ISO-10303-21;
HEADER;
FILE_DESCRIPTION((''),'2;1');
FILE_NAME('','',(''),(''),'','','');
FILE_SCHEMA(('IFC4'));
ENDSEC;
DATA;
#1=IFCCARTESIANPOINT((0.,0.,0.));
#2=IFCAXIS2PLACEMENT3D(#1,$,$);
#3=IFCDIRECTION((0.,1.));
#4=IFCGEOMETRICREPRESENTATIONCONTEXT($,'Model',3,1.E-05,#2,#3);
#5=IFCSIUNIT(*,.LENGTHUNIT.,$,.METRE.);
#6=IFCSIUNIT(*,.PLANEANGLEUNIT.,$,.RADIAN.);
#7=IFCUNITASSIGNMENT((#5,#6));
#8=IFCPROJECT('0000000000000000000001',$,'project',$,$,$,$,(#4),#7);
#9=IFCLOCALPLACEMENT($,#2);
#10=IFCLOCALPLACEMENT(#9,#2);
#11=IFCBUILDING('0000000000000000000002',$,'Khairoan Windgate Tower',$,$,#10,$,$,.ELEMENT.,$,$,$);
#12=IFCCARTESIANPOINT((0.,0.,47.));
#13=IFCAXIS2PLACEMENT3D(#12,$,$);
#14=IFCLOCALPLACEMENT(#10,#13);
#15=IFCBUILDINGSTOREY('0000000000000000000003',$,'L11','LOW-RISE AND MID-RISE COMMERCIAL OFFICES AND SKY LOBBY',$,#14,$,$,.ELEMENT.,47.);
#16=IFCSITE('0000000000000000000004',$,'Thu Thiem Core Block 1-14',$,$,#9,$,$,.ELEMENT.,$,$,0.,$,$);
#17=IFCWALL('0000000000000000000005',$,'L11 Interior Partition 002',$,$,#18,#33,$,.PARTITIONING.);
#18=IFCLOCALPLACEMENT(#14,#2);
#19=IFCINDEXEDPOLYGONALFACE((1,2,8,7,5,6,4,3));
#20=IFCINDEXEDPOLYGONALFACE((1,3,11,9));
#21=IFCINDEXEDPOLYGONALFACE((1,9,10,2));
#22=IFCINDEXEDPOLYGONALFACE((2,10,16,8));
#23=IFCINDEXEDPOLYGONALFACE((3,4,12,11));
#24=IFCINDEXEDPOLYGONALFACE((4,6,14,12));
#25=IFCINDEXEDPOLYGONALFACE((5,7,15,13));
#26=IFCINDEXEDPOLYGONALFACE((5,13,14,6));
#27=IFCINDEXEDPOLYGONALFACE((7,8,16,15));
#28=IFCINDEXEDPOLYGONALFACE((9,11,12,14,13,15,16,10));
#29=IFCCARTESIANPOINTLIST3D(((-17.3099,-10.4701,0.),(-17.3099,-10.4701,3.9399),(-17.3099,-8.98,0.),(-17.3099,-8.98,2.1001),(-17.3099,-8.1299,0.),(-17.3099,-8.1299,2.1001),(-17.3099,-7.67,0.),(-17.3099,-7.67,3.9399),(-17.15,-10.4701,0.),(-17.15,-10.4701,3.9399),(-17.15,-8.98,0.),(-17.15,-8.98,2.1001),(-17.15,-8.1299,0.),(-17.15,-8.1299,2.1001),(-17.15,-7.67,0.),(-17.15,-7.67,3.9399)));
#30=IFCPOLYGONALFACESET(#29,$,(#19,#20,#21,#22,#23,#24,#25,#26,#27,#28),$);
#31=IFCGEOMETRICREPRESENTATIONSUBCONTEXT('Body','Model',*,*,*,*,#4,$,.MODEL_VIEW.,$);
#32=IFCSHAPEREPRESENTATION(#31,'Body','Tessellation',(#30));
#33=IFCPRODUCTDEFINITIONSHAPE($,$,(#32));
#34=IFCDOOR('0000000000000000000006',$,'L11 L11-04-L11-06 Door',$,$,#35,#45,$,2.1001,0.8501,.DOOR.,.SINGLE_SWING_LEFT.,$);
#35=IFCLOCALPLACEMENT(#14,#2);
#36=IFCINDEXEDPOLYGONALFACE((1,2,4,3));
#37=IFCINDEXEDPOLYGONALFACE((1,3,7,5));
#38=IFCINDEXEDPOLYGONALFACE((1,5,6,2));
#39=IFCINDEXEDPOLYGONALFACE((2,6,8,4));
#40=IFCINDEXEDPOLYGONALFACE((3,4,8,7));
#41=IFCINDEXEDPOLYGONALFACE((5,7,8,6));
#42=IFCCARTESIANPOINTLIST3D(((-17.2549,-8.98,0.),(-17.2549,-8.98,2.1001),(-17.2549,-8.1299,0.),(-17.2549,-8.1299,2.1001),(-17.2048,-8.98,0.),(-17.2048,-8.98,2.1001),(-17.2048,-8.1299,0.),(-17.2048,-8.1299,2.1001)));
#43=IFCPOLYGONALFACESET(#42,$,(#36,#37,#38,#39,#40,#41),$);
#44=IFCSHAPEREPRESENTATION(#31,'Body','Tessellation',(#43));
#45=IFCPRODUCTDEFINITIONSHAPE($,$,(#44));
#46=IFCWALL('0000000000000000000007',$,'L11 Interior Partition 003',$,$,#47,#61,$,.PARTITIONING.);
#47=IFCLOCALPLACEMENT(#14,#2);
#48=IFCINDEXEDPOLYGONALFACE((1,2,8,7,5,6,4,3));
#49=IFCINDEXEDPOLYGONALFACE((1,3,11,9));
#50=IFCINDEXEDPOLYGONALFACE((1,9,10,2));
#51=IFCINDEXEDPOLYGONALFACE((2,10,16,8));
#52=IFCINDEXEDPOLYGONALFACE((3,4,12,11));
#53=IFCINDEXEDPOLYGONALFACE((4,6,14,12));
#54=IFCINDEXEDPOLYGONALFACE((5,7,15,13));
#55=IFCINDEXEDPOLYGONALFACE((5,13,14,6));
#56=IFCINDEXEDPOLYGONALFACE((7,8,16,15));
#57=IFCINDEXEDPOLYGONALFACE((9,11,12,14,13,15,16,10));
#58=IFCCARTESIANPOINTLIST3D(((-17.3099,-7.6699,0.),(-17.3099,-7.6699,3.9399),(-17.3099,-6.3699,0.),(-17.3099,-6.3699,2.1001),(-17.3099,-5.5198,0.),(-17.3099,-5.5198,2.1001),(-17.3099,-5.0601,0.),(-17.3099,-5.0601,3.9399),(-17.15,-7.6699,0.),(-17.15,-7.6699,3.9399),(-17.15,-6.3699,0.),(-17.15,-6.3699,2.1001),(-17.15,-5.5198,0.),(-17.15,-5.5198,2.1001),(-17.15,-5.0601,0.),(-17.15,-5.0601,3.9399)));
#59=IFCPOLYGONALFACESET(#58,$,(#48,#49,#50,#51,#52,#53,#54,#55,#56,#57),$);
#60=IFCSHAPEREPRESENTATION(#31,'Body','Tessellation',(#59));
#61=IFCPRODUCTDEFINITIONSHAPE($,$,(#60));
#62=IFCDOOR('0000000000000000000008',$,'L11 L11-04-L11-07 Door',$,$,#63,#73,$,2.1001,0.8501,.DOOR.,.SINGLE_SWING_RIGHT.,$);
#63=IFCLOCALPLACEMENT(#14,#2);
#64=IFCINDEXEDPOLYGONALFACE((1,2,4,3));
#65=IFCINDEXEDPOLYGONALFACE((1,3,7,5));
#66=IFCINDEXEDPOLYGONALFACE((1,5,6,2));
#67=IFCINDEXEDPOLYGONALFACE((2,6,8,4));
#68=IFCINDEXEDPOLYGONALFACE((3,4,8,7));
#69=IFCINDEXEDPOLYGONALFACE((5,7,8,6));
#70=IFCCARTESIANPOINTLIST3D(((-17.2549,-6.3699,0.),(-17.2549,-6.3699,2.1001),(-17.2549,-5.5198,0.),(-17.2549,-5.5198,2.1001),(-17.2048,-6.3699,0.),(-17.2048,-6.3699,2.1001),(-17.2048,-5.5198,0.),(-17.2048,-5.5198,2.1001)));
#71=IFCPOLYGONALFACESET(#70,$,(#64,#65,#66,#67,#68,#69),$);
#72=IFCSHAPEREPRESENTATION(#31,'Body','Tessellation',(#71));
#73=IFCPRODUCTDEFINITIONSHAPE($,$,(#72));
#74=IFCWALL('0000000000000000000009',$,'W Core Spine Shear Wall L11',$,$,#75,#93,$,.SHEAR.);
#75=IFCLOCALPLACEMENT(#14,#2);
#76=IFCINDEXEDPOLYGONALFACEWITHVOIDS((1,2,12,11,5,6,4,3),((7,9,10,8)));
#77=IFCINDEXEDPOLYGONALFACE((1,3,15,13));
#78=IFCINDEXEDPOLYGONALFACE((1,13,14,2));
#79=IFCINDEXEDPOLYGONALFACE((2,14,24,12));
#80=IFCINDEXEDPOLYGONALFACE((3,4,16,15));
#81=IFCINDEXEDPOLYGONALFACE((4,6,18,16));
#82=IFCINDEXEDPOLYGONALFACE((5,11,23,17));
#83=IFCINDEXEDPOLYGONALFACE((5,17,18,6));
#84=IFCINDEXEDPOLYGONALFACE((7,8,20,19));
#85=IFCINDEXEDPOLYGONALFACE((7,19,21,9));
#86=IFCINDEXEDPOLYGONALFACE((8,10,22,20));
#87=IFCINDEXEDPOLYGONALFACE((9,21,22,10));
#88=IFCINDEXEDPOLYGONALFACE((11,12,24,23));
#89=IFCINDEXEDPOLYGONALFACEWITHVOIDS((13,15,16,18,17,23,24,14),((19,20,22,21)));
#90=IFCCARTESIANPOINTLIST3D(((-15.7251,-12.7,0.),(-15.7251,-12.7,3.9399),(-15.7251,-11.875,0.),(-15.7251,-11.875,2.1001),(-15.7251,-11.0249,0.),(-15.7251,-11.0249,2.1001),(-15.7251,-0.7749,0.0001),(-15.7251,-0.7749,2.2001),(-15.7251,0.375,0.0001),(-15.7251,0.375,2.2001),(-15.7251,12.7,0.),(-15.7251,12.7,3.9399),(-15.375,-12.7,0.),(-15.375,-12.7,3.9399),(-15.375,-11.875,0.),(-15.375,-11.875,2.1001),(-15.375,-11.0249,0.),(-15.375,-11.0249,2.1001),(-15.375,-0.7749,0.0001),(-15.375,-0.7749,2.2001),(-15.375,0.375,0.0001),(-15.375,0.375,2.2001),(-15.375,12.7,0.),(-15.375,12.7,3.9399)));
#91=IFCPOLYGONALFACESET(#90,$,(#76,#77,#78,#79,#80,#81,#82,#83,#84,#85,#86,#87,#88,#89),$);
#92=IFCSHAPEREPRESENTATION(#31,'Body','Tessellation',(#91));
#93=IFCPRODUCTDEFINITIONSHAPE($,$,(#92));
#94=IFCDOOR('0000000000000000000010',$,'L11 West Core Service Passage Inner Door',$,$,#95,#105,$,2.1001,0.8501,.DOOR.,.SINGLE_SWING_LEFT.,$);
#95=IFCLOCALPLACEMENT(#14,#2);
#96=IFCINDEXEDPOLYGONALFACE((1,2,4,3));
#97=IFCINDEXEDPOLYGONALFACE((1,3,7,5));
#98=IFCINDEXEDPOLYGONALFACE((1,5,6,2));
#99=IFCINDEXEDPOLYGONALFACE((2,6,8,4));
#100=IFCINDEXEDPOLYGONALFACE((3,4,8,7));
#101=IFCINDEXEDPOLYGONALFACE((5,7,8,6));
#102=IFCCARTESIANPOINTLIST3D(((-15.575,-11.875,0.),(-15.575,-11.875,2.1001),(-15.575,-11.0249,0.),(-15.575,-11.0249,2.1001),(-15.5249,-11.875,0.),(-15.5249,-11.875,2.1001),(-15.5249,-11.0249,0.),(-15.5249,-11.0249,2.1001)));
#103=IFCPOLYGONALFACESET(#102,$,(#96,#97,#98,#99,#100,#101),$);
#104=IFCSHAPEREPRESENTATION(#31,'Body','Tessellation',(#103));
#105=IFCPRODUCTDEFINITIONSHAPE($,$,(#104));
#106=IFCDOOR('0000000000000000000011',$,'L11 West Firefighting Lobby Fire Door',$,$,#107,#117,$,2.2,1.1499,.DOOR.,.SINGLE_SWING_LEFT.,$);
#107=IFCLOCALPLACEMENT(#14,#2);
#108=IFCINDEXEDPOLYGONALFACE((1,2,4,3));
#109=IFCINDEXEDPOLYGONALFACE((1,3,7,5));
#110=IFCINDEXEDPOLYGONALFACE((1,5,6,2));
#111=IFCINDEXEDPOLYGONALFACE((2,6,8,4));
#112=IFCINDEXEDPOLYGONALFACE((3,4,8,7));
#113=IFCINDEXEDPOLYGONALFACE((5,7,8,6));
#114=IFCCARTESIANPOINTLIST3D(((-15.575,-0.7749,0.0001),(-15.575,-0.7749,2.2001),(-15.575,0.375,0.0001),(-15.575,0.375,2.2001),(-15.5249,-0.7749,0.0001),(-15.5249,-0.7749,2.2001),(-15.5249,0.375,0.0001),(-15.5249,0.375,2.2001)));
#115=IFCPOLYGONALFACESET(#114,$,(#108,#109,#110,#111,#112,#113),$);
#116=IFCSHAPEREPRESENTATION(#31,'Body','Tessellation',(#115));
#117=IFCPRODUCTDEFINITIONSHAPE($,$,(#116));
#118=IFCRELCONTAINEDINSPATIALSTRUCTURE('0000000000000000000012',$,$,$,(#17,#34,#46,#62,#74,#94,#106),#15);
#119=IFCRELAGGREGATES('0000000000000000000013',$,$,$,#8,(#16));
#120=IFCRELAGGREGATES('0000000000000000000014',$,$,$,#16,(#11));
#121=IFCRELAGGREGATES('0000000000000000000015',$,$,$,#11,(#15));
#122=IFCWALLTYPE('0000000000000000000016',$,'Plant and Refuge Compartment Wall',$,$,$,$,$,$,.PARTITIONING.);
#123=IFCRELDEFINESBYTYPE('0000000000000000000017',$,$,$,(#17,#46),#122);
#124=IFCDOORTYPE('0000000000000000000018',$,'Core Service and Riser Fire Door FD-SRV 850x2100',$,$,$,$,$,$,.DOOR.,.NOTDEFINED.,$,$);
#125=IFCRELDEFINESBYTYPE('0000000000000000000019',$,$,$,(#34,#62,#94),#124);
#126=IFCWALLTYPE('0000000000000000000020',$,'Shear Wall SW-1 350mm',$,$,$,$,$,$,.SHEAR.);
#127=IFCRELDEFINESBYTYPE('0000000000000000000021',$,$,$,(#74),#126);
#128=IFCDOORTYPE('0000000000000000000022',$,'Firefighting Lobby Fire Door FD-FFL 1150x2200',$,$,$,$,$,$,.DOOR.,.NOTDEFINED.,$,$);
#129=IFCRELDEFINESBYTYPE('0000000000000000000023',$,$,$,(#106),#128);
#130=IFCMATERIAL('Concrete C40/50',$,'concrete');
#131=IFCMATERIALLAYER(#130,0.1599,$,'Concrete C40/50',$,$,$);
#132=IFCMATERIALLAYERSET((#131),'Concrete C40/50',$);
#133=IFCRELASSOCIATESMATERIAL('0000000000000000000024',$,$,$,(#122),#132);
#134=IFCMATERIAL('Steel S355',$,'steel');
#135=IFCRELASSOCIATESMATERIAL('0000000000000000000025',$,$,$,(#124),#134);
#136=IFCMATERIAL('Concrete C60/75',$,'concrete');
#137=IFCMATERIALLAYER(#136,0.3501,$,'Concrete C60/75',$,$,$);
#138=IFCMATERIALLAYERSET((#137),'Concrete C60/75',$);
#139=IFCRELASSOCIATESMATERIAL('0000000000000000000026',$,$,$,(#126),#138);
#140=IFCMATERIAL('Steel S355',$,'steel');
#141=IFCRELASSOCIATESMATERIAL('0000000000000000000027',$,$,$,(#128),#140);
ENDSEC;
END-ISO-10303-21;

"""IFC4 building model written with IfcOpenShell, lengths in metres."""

from ifc_helpers import new_model, si_unit, direction, frame, frame_2d, origin, place, context, subcontext, project, spatial, rectangle, extrude, material, layer, layer_set, type_object, element, fill, save


model = new_model("IFC4")

# Units and contexts
model_context = context("Model", 3, precision=1e-05, world=origin(), true_north=direction((0.0, 1.0)))
body_context = subcontext(model_context, "Body", "Model", "MODEL_VIEW")
ifc_project = project(units=[si_unit("LENGTHUNIT", "METRE"), si_unit("PLANEANGLEUNIT", "RADIAN")], contexts=[model_context])

# Site, building, storey
site_placement = place(None, origin())
site = spatial("IfcSite", under=ifc_project, at=site_placement, Name="Thu Thiem Core Block 1-14", CompositionType="ELEMENT", RefElevation=0.0)
building_placement = place(site_placement, origin())
building = spatial("IfcBuilding", under=site, at=building_placement, Name="Khairoan Windgate Tower", CompositionType="ELEMENT")
storey_placement = place(building_placement, frame((0.0, 0.0, 47.0)))
storey = spatial("IfcBuildingStorey", under=building, at=storey_placement, Name="L11", Description="LOW-RISE AND MID-RISE COMMERCIAL OFFICES AND SKY LOBBY", CompositionType="ELEMENT", Elevation=47.0)

# Walls, openings, doors
ifc_material_1 = material(Name="Concrete C40/50", Category="concrete")
ifc_layer_1 = layer(ifc_material_1, 0.1599, Name="Concrete C40/50")
ifc_layer_set_1 = layer_set([ifc_layer_1], Name="Concrete C40/50")
wall_type_1 = type_object("IfcWallType", Name="Plant and Refuge Compartment Wall", PredefinedType="PARTITIONING", material=ifc_layer_set_1)
wall_1_placement = place(storey_placement, frame((-17.23, -10.47, 0.0), z_axis=(0.0, 0.0, 1.0), x_axis=(0.0, 1.0, 0.0)))
wall_1 = element("IfcWall", 1, at=wall_1_placement, inside=storey, type_object=wall_type_1, Name="L11 Interior Partition 002", PredefinedType="PARTITIONING", context=body_context, shape_type="SweptSolid", body=[
    extrude(rectangle(XDim=2.8, YDim=0.1599, at=frame_2d((1.3999, 0.0))), origin(), (0.0, 0.0, 1.0), 3.9399),
])
opening_1_placement = place(wall_1_placement, frame((1.49, 0.0, 0.0)))
opening_1 = element("IfcOpeningElement", 2, at=opening_1_placement, cuts=wall_1, PredefinedType="OPENING", context=body_context, shape_type="SweptSolid", body=[
    extrude(rectangle(XDim=0.8501, YDim=2.1001, at=frame_2d((0.425, 1.05))), frame((0.0, 0.0898, 0.0), z_axis=(0.0, -1.0, 0.0), x_axis=(1.0, 0.0, 0.0)), (0.0, 0.0, 1.0), 0.1799),
])
ifc_material_2 = material(Name="Steel S355", Category="steel")
door_type_1 = type_object("IfcDoorType", Name="Core Service and Riser Fire Door FD-SRV 850x2100", OperationType="NOTDEFINED", PredefinedType="DOOR", material=ifc_material_2)
door_1_placement = place(opening_1_placement, origin())
door_1 = element("IfcDoor", 3, at=door_1_placement, inside=storey, type_object=door_type_1, Name="L11 L11-04-L11-06 Door", OperationType="SINGLE_SWING_LEFT", OverallHeight=2.1001, OverallWidth=0.8501, PredefinedType="DOOR", context=body_context, shape_type="SweptSolid", body=[
    extrude(rectangle(XDim=0.8501, YDim=2.1001, at=frame_2d((0.425, 1.05))), frame((0.0, 0.0249, 0.0), z_axis=(0.0, -1.0, 0.0), x_axis=(1.0, 0.0, 0.0)), (0.0, 0.0, 1.0), 0.05),
])
fill(opening_1, door_1)
wall_2_placement = place(storey_placement, frame((-17.23, -7.6699, 0.0), z_axis=(0.0, 0.0, 1.0), x_axis=(0.0, 1.0, 0.0)))
wall_2 = element("IfcWall", 4, at=wall_2_placement, inside=storey, type_object=wall_type_1, Name="L11 Interior Partition 003", PredefinedType="PARTITIONING", context=body_context, shape_type="SweptSolid", body=[
    extrude(rectangle(XDim=2.6099, YDim=0.1599, at=frame_2d((1.3049, 0.0))), origin(), (0.0, 0.0, 1.0), 3.9399),
])
opening_2_placement = place(wall_2_placement, frame((1.3, 0.0, 0.0)))
opening_2 = element("IfcOpeningElement", 5, at=opening_2_placement, cuts=wall_2, PredefinedType="OPENING", context=body_context, shape_type="SweptSolid", body=[
    extrude(rectangle(XDim=0.8501, YDim=2.1001, at=frame_2d((0.425, 1.05))), frame((0.0, 0.0898, 0.0), z_axis=(0.0, -1.0, 0.0), x_axis=(1.0, 0.0, 0.0)), (0.0, 0.0, 1.0), 0.1799),
])
door_2_placement = place(opening_2_placement, origin())
door_2 = element("IfcDoor", 6, at=door_2_placement, inside=storey, type_object=door_type_1, Name="L11 L11-04-L11-07 Door", OperationType="SINGLE_SWING_RIGHT", OverallHeight=2.1001, OverallWidth=0.8501, PredefinedType="DOOR", context=body_context, shape_type="SweptSolid", body=[
    extrude(rectangle(XDim=0.8501, YDim=2.1001, at=frame_2d((0.425, 1.05))), frame((0.0, 0.0249, 0.0), z_axis=(0.0, -1.0, 0.0), x_axis=(1.0, 0.0, 0.0)), (0.0, 0.0, 1.0), 0.05),
])
fill(opening_2, door_2)

# Wall, openings, doors
ifc_material_3 = material(Name="Concrete C60/75", Category="concrete")
ifc_layer_2 = layer(ifc_material_3, 0.3501, Name="Concrete C60/75")
ifc_layer_set_2 = layer_set([ifc_layer_2], Name="Concrete C60/75")
wall_type_2 = type_object("IfcWallType", Name="Shear Wall SW-1 350mm", PredefinedType="SHEAR", material=ifc_layer_set_2)
wall_3_placement = place(storey_placement, frame((-15.55, -12.7, 0.0), z_axis=(0.0, 0.0, 1.0), x_axis=(0.0, 1.0, 0.0)))
wall_3 = element("IfcWall", 7, at=wall_3_placement, inside=storey, type_object=wall_type_2, Name="W Core Spine Shear Wall L11", PredefinedType="SHEAR", context=body_context, shape_type="SweptSolid", body=[
    extrude(rectangle(XDim=25.3999, YDim=0.3501, at=frame_2d((12.7, 0.0))), origin(), (0.0, 0.0, 1.0), 3.9399),
])
opening_3_placement = place(wall_3_placement, frame((11.925, 0.0, 0.0)))
opening_3 = element("IfcOpeningElement", 8, at=opening_3_placement, cuts=wall_3, PredefinedType="OPENING", context=body_context, shape_type="SweptSolid", body=[
    extrude(rectangle(XDim=1.1499, YDim=2.2, at=frame_2d((0.575, 1.1001))), frame((0.0, 0.1851, 0.0), z_axis=(0.0, -1.0, 0.0), x_axis=(1.0, 0.0, 0.0)), (0.0, 0.0, 1.0), 0.3701),
])
opening_4_placement = place(wall_3_placement, frame((0.825, 0.0, 0.0)))
opening_4 = element("IfcOpeningElement", 9, at=opening_4_placement, cuts=wall_3, PredefinedType="OPENING", context=body_context, shape_type="SweptSolid", body=[
    extrude(rectangle(XDim=0.8501, YDim=2.1001, at=frame_2d((0.425, 1.05))), frame((0.0, 0.1851, 0.0), z_axis=(0.0, -1.0, 0.0), x_axis=(1.0, 0.0, 0.0)), (0.0, 0.0, 1.0), 0.3701),
])
door_3_placement = place(opening_4_placement, origin())
door_3 = element("IfcDoor", 10, at=door_3_placement, inside=storey, type_object=door_type_1, Name="L11 West Core Service Passage Inner Door", OperationType="SINGLE_SWING_LEFT", OverallHeight=2.1001, OverallWidth=0.8501, PredefinedType="DOOR", context=body_context, shape_type="SweptSolid", body=[
    extrude(rectangle(XDim=0.8501, YDim=2.1001, at=frame_2d((0.425, 1.05))), frame((0.0, 0.0249, 0.0), z_axis=(0.0, -1.0, 0.0), x_axis=(1.0, 0.0, 0.0)), (0.0, 0.0, 1.0), 0.05),
])
fill(opening_4, door_3)
ifc_material_4 = material(Name="Steel S355", Category="steel")
door_type_2 = type_object("IfcDoorType", Name="Firefighting Lobby Fire Door FD-FFL 1150x2200", OperationType="NOTDEFINED", PredefinedType="DOOR", material=ifc_material_4)
door_4_placement = place(opening_3_placement, origin())
door_4 = element("IfcDoor", 11, at=door_4_placement, inside=storey, type_object=door_type_2, Name="L11 West Firefighting Lobby Fire Door", OperationType="SINGLE_SWING_LEFT", OverallHeight=2.2, OverallWidth=1.1499, PredefinedType="DOOR", context=body_context, shape_type="SweptSolid", body=[
    extrude(rectangle(XDim=1.1499, YDim=2.2, at=frame_2d((0.575, 1.1001))), frame((0.0, 0.0249, 0.0), z_axis=(0.0, -1.0, 0.0), x_axis=(1.0, 0.0, 0.0)), (0.0, 0.0, 1.0), 0.05),
])
fill(opening_3, door_4)

save(model, "model.ifc")
